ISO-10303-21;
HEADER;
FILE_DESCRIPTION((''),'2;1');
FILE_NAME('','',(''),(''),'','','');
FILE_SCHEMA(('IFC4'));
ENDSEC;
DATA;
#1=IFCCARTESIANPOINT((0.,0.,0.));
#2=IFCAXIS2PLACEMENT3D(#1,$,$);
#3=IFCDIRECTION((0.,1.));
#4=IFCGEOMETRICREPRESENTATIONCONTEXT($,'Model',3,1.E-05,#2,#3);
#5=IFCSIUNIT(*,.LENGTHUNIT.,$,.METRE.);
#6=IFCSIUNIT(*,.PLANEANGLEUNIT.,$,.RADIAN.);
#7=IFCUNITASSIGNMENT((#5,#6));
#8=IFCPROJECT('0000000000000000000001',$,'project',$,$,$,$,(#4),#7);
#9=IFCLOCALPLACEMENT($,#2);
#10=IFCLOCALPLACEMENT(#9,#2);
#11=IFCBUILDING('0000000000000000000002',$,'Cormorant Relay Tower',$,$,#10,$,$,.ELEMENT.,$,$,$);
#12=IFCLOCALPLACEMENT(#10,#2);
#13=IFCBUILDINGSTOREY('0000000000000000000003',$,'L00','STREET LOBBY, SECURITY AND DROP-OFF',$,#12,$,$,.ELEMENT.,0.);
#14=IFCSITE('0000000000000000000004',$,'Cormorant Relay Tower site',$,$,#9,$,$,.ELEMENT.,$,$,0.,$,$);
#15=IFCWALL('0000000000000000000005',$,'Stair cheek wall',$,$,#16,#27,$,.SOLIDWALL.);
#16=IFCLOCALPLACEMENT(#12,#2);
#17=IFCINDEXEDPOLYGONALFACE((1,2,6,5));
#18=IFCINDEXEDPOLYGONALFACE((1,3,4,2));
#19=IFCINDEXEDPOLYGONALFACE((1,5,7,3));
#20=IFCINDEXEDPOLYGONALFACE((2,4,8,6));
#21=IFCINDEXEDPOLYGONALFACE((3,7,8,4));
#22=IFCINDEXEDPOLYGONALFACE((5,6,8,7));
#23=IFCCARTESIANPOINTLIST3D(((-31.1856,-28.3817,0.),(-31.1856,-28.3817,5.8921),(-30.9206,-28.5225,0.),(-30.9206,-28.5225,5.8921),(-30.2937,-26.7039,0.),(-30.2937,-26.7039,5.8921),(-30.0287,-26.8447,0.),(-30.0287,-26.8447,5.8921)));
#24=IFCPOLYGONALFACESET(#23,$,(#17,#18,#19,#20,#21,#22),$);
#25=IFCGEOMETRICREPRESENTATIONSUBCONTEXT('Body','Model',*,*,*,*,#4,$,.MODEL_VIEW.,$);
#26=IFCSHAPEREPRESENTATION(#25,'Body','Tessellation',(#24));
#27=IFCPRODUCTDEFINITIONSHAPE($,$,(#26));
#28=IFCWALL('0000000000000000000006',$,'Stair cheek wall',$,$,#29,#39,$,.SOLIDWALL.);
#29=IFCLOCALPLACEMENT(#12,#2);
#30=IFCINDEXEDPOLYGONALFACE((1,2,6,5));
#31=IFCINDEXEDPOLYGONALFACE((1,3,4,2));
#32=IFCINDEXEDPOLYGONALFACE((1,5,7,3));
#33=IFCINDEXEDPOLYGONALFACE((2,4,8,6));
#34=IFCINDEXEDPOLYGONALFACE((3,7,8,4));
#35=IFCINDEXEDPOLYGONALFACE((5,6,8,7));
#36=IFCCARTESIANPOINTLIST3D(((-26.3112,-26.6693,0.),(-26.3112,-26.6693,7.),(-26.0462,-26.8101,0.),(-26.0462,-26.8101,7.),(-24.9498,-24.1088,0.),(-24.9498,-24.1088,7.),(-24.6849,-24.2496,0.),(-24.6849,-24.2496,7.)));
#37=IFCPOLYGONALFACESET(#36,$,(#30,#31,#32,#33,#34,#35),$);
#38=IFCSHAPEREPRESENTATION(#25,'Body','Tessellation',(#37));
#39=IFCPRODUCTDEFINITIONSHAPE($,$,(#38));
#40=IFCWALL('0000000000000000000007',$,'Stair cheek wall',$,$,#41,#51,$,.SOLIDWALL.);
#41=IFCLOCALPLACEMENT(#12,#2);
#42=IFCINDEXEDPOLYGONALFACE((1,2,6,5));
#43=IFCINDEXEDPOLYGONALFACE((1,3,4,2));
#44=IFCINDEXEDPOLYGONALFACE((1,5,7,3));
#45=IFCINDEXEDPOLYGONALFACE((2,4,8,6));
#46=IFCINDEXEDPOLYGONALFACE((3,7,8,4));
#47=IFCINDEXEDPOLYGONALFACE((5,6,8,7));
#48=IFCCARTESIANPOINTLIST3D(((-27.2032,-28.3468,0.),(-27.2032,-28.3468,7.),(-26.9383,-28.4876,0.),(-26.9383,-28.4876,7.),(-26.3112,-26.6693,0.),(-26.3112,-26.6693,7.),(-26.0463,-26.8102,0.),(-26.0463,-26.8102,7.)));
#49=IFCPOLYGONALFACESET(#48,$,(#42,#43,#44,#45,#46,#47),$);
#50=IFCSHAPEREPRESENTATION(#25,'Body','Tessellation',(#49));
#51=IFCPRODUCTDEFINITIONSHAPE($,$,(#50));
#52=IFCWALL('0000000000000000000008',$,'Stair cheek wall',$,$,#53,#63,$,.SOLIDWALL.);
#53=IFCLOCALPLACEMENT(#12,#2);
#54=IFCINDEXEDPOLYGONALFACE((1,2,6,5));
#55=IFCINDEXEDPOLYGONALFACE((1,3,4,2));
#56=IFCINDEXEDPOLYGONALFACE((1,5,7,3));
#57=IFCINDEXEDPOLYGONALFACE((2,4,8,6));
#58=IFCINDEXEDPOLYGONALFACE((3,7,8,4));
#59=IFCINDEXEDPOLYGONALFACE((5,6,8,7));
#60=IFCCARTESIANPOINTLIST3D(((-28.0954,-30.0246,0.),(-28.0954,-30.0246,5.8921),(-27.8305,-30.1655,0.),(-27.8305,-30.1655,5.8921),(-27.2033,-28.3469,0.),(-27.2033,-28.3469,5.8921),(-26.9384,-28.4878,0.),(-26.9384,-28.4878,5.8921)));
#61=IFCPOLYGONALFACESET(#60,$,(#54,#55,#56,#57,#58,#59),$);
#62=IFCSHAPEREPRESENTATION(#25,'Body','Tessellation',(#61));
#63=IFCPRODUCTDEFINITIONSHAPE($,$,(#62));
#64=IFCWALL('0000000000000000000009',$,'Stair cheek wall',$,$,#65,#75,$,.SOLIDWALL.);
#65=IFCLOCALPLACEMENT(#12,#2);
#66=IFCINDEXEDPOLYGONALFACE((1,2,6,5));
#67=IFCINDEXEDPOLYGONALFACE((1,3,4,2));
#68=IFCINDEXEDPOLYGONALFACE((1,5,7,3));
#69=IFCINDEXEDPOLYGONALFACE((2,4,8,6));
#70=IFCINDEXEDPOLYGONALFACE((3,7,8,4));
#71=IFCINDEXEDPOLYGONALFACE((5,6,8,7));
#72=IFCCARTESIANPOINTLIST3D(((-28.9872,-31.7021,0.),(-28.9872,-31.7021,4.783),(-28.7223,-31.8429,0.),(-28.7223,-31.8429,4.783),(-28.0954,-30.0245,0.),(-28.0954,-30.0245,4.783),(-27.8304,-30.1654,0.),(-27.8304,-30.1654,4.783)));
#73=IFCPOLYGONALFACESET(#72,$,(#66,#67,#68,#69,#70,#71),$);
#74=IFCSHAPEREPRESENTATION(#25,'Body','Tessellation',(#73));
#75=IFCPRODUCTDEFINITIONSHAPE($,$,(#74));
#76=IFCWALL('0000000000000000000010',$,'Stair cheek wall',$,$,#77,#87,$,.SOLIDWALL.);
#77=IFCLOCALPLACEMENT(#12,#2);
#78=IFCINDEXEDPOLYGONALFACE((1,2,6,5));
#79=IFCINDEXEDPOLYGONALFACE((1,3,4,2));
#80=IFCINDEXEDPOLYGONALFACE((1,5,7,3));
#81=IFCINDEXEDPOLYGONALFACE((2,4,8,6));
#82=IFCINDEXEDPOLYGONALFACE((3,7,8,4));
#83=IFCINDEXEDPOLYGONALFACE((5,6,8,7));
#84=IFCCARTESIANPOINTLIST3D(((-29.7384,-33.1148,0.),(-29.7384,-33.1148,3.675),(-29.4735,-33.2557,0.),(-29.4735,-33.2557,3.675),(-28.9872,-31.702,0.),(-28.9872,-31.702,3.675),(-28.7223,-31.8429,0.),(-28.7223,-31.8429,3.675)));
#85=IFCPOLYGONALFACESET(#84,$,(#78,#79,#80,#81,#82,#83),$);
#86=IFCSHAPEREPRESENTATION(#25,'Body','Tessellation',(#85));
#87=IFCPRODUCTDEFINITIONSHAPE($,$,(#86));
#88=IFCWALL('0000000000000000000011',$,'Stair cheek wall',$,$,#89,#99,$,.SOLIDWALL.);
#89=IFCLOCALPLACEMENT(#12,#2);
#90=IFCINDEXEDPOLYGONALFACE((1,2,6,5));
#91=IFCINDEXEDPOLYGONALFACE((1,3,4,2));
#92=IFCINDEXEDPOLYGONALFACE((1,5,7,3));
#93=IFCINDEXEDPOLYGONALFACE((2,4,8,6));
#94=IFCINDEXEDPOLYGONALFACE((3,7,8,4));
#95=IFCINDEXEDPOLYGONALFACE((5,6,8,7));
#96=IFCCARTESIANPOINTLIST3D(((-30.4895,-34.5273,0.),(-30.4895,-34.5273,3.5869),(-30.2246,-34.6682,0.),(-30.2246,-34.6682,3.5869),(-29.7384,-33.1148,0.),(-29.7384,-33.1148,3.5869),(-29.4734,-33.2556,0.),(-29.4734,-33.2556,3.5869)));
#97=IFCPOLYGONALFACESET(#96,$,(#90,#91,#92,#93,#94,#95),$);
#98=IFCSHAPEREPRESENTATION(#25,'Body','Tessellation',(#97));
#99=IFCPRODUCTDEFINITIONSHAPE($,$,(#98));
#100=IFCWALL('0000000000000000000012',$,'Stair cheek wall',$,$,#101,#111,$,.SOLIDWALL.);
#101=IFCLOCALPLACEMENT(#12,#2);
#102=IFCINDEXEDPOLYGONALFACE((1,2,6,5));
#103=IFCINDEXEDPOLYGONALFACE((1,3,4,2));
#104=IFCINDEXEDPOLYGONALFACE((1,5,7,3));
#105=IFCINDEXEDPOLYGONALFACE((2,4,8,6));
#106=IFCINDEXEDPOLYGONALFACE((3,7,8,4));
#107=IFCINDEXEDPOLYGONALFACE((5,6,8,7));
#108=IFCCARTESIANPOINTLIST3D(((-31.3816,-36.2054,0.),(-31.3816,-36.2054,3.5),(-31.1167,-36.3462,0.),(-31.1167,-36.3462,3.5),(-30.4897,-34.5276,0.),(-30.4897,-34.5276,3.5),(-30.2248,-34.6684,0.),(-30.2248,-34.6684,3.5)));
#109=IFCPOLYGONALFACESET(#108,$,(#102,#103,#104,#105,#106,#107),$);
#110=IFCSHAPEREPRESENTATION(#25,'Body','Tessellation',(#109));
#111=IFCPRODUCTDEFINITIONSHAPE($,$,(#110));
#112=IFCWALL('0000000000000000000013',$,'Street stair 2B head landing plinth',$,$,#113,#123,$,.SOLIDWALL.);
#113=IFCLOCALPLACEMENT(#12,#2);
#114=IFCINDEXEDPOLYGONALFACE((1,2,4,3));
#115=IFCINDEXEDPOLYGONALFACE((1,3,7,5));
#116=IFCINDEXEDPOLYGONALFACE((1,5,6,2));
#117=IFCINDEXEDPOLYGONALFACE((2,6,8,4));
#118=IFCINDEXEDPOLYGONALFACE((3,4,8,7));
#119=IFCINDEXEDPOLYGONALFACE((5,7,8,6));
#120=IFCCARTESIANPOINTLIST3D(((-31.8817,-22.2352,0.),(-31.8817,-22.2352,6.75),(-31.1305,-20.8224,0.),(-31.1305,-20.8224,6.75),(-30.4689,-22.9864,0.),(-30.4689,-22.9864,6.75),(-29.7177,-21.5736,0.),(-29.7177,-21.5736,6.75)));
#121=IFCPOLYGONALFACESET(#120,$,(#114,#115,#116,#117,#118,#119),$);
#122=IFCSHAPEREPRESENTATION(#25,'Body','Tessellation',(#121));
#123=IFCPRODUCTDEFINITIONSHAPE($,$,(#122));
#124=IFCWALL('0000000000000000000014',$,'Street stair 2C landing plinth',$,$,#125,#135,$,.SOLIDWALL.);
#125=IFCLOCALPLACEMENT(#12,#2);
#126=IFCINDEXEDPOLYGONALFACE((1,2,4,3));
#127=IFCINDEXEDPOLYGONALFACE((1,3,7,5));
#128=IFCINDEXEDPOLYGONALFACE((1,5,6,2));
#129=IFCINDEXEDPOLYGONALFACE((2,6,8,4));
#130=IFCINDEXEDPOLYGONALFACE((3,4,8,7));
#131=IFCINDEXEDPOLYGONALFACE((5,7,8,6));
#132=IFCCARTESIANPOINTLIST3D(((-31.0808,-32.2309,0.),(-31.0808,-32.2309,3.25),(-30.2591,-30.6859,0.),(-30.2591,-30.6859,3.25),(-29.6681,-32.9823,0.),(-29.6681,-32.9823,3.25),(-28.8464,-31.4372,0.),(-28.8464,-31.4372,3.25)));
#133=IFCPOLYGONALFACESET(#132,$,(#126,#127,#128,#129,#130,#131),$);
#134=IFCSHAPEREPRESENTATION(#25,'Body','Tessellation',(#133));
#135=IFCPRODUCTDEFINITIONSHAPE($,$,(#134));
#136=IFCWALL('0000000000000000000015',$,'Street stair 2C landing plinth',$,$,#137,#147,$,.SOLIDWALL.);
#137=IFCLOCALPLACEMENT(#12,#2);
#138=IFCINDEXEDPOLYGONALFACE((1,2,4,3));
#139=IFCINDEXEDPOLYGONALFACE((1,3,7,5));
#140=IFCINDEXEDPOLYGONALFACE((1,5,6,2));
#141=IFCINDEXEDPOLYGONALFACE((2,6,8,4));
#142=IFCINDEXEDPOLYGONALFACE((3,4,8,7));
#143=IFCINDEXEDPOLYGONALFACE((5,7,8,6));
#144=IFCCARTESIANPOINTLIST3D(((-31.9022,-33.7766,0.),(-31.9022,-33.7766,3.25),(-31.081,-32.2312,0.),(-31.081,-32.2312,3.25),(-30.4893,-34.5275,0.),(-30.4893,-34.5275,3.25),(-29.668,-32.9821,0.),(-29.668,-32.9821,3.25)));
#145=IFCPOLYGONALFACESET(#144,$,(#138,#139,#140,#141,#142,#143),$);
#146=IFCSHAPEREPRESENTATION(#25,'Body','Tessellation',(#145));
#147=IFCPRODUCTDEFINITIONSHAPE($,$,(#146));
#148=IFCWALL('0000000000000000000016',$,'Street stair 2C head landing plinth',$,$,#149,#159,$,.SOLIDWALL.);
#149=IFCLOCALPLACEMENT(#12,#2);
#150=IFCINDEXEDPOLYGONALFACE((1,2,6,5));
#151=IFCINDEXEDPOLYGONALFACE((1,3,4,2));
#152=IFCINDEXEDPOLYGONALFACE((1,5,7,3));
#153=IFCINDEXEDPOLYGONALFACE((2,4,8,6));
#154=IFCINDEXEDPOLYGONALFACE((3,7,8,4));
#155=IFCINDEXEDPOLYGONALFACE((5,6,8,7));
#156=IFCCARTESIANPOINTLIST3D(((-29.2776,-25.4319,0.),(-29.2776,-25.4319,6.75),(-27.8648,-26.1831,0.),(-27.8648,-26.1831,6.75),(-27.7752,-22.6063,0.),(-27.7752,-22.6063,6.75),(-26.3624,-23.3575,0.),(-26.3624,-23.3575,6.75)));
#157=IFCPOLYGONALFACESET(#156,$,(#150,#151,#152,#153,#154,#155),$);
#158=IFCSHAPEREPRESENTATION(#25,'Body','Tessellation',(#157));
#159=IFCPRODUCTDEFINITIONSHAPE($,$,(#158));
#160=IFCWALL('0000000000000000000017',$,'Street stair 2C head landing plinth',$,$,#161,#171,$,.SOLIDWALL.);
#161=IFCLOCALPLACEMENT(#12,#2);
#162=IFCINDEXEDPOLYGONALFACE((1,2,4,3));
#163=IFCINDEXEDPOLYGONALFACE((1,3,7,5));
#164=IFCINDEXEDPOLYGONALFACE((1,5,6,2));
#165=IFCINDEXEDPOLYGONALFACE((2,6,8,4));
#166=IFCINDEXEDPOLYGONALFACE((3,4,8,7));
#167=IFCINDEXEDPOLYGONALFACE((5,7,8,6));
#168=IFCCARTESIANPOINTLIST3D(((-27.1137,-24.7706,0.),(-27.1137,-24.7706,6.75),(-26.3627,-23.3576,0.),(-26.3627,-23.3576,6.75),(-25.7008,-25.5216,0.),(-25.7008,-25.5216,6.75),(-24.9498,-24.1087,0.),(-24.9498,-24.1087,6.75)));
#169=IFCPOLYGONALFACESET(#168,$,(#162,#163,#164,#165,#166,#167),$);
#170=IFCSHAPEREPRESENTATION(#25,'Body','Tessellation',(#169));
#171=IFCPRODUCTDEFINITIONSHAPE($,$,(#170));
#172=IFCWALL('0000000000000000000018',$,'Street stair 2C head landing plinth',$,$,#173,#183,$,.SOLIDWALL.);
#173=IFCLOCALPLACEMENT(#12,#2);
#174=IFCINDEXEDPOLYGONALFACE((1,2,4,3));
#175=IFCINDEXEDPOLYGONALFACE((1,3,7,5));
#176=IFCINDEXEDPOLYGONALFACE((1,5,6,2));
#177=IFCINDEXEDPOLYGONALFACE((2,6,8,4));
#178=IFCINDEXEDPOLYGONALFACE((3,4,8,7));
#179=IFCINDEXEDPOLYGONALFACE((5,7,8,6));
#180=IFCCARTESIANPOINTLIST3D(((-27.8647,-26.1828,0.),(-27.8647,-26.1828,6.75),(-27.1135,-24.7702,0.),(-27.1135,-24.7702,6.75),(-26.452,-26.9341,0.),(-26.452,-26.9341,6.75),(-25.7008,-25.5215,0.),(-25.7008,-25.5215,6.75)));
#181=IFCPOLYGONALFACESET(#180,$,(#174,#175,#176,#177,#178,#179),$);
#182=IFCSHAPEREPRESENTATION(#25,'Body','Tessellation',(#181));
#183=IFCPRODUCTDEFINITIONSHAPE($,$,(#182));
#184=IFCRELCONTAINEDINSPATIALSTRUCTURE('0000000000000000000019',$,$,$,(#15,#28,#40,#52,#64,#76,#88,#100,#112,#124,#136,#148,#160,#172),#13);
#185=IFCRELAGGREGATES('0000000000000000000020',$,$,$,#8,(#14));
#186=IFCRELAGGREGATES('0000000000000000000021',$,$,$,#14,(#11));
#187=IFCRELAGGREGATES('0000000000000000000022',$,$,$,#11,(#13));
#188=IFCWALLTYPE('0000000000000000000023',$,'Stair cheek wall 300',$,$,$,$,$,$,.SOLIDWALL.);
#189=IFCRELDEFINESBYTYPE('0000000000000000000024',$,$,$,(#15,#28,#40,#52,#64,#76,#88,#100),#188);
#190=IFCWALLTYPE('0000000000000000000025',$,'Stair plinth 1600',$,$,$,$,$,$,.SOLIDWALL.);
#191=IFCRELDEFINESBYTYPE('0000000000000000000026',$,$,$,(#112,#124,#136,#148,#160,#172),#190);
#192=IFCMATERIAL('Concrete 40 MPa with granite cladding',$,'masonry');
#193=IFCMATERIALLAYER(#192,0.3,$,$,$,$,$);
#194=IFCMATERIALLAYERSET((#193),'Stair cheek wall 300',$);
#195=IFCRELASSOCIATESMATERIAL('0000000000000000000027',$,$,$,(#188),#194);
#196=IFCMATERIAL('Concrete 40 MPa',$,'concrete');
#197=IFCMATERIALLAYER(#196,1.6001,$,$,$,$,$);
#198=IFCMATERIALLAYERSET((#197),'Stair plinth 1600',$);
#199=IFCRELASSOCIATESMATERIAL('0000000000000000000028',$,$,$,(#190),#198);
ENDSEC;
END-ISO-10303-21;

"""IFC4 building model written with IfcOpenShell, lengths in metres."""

from ifc_helpers import new_model, si_unit, direction, frame, frame_2d, origin, place, context, subcontext, project, spatial, rectangle, extrude, material, layer, layer_set, type_object, element, save


model = new_model("IFC4")

# Units and contexts
model_context = context("Model", 3, precision=1e-05, world=origin(), true_north=direction((0.0, 1.0)))
body_context = subcontext(model_context, "Body", "Model", "MODEL_VIEW")
ifc_project = project(units=[si_unit("LENGTHUNIT", "METRE"), si_unit("PLANEANGLEUNIT", "RADIAN")], contexts=[model_context])

# Site, building, storey
site_placement = place(None, origin())
site = spatial("IfcSite", under=ifc_project, at=site_placement, Name="Cormorant Relay Tower site", CompositionType="ELEMENT", RefElevation=0.0)
building_placement = place(site_placement, origin())
building = spatial("IfcBuilding", under=site, at=building_placement, Name="Cormorant Relay Tower", CompositionType="ELEMENT")
storey_placement = place(building_placement, origin())
storey = spatial("IfcBuildingStorey", under=building, at=storey_placement, Name="L00", Description="STREET LOBBY, SECURITY AND DROP-OFF", CompositionType="ELEMENT", Elevation=0.0)

# Walls
ifc_material_1 = material(Name="Concrete 40 MPa with granite cladding", Category="masonry")
ifc_layer_1 = layer(ifc_material_1, 0.3)
ifc_layer_set_1 = layer_set([ifc_layer_1], Name="Stair cheek wall 300")
wall_type_1 = type_object("IfcWallType", Name="Stair cheek wall 300", PredefinedType="SOLIDWALL", material=ifc_layer_set_1)
wall_1_placement = place(storey_placement, frame((-30.1611, -26.7742, 0.0), z_axis=(0.0, 0.0, 1.0), x_axis=(-0.469381, -0.882996, 0.0)))
element("IfcWall", 1, at=wall_1_placement, inside=storey, type_object=wall_type_1, Name="Stair cheek wall", PredefinedType="SOLIDWALL", context=body_context, shape_type="SweptSolid", body=[
    extrude(rectangle(XDim=1.9001, YDim=0.3, at=frame_2d((0.9502, 0.0))), origin(), (0.0, 0.0, 1.0), 5.8921),
])
wall_2_placement = place(storey_placement, frame((-24.8174, -24.1792, 0.0), z_axis=(0.0, 0.0, 1.0), x_axis=(-0.469434, -0.882967, 0.0)))
element("IfcWall", 2, at=wall_2_placement, inside=storey, type_object=wall_type_1, Name="Stair cheek wall", PredefinedType="SOLIDWALL", context=body_context, shape_type="SweptSolid", body=[
    extrude(rectangle(XDim=2.8999, YDim=0.3, at=frame_2d((1.45, 0.0))), origin(), (0.0, 0.0, 1.0), 7.0),
])
wall_3_placement = place(storey_placement, frame((-26.1787, -26.7397, 0.0), z_axis=(0.0, 0.0, 1.0), x_axis=(-0.469534, -0.882914, 0.0)))
element("IfcWall", 3, at=wall_3_placement, inside=storey, type_object=wall_type_1, Name="Stair cheek wall", PredefinedType="SOLIDWALL", context=body_context, shape_type="SweptSolid", body=[
    extrude(rectangle(XDim=1.8999, YDim=0.3, at=frame_2d((0.95, 0.0))), origin(), (0.0, 0.0, 1.0), 7.0),
])
wall_4_placement = place(storey_placement, frame((-27.0708, -28.4172, 0.0), z_axis=(0.0, 0.0, 1.0), x_axis=(-0.469481, -0.882943, 0.0)))
element("IfcWall", 4, at=wall_4_placement, inside=storey, type_object=wall_type_1, Name="Stair cheek wall", PredefinedType="SOLIDWALL", context=body_context, shape_type="SweptSolid", body=[
    extrude(rectangle(XDim=1.9001, YDim=0.3, at=frame_2d((0.9502, 0.0))), origin(), (0.0, 0.0, 1.0), 5.8921),
])
wall_5_placement = place(storey_placement, frame((-27.9629, -30.095, 0.0), z_axis=(0.0, 0.0, 1.0), x_axis=(-0.469434, -0.882968, 0.0)))
element("IfcWall", 5, at=wall_5_placement, inside=storey, type_object=wall_type_1, Name="Stair cheek wall", PredefinedType="SOLIDWALL", context=body_context, shape_type="SweptSolid", body=[
    extrude(rectangle(XDim=1.8999, YDim=0.3, at=frame_2d((0.95, 0.0))), origin(), (0.0, 0.0, 1.0), 4.783),
])
wall_6_placement = place(storey_placement, frame((-28.8547, -31.7725, 0.0), z_axis=(0.0, 0.0, 1.0), x_axis=(-0.469471, -0.882948, 0.0)))
element("IfcWall", 6, at=wall_6_placement, inside=storey, type_object=wall_type_1, Name="Stair cheek wall", PredefinedType="SOLIDWALL", context=body_context, shape_type="SweptSolid", body=[
    extrude(rectangle(XDim=1.6001, YDim=0.3, at=frame_2d((0.8, 0.0))), origin(), (0.0, 0.0, 1.0), 3.675),
])
wall_7_placement = place(storey_placement, frame((-29.606, -33.1853, 0.0), z_axis=(0.0, 0.0, 1.0), x_axis=(-0.469535, -0.882914, 0.0)))
element("IfcWall", 7, at=wall_7_placement, inside=storey, type_object=wall_type_1, Name="Stair cheek wall", PredefinedType="SOLIDWALL", context=body_context, shape_type="SweptSolid", body=[
    extrude(rectangle(XDim=1.5999, YDim=0.3, at=frame_2d((0.7998, 0.0))), origin(), (0.0, 0.0, 1.0), 3.5869),
])
wall_8_placement = place(storey_placement, frame((-30.3572, -34.5979, 0.0), z_axis=(0.0, 0.0, 1.0), x_axis=(-0.469381, -0.882996, 0.0)))
element("IfcWall", 8, at=wall_8_placement, inside=storey, type_object=wall_type_1, Name="Stair cheek wall", PredefinedType="SOLIDWALL", context=body_context, shape_type="SweptSolid", body=[
    extrude(rectangle(XDim=1.9001, YDim=0.3, at=frame_2d((0.9502, 0.0))), origin(), (0.0, 0.0, 1.0), 3.5),
])
ifc_material_2 = material(Name="Concrete 40 MPa", Category="concrete")
ifc_layer_2 = layer(ifc_material_2, 1.6001)
ifc_layer_set_2 = layer_set([ifc_layer_2], Name="Stair plinth 1600")
wall_type_2 = type_object("IfcWallType", Name="Stair plinth 1600", PredefinedType="SOLIDWALL", material=ifc_layer_set_2)
wall_9_placement = place(storey_placement, frame((-30.4241, -21.198, 0.0), z_axis=(0.0, 0.0, 1.0), x_axis=(-0.469471, -0.882948, 0.0)))
element("IfcWall", 9, at=wall_9_placement, inside=storey, type_object=wall_type_2, Name="Street stair 2B head landing plinth", PredefinedType="SOLIDWALL", context=body_context, shape_type="SweptSolid", body=[
    extrude(rectangle(XDim=1.6001, YDim=1.6001, at=frame_2d((0.8, 0.0))), origin(), (0.0, 0.0, 1.0), 6.75),
])
for number, where, z_axis, x_axis, name in (
    (10, (-29.5527, -31.0615, 0.0), (0.0, 0.0, 1.0), (-0.46956, -0.882901, 0.0), "Street stair 2C landing plinth"),
    (11, (-30.3745, -32.6067, 0.0), (0.0, 0.0, 1.0), (-0.469284, -0.883047, 0.0), "Street stair 2C landing plinth"),
):
    element("IfcWall", number, at=place(storey_placement, frame(where, z_axis=z_axis, x_axis=x_axis)), inside=storey, type_object=wall_type_2, Name=name, PredefinedType="SOLIDWALL", context=body_context, shape_type="SweptSolid", body=[
        extrude(rectangle(XDim=1.75, YDim=1.6001, at=frame_2d((0.875, 0.0))), origin(), (0.0, 0.0, 1.0), 3.25),
    ])
wall_10_placement = place(storey_placement, frame((-27.0688, -22.9819, 0.0), z_axis=(0.0, 0.0, 1.0), x_axis=(-0.469471, -0.882948, 0.0)))
element("IfcWall", 12, at=wall_10_placement, inside=storey, type_object=wall_type_2, Name="Street stair 2C head landing plinth", PredefinedType="SOLIDWALL", context=body_context, shape_type="SweptSolid", body=[
    extrude(rectangle(XDim=3.2002, YDim=1.6001, at=frame_2d((1.6001, 0.0))), origin(), (0.0, 0.0, 1.0), 6.75),
])
wall_11_placement = place(storey_placement, frame((-25.6562, -23.7332, 0.0), z_axis=(0.0, 0.0, 1.0), x_axis=(-0.469352, -0.883011, 0.0)))
element("IfcWall", 13, at=wall_11_placement, inside=storey, type_object=wall_type_2, Name="Street stair 2C head landing plinth", PredefinedType="SOLIDWALL", context=body_context, shape_type="SweptSolid", body=[
    extrude(rectangle(XDim=1.6001, YDim=1.6001, at=frame_2d((0.8, 0.0))), origin(), (0.0, 0.0, 1.0), 6.75),
])
wall_12_placement = place(storey_placement, frame((-26.4072, -25.146, 0.0), z_axis=(0.0, 0.0, 1.0), x_axis=(-0.469535, -0.882914, 0.0)))
element("IfcWall", 14, at=wall_12_placement, inside=storey, type_object=wall_type_2, Name="Street stair 2C head landing plinth", PredefinedType="SOLIDWALL", context=body_context, shape_type="SweptSolid", body=[
    extrude(rectangle(XDim=1.5999, YDim=1.6001, at=frame_2d((0.7998, 0.0))), origin(), (0.0, 0.0, 1.0), 6.75),
])

save(model, "model.ifc")
